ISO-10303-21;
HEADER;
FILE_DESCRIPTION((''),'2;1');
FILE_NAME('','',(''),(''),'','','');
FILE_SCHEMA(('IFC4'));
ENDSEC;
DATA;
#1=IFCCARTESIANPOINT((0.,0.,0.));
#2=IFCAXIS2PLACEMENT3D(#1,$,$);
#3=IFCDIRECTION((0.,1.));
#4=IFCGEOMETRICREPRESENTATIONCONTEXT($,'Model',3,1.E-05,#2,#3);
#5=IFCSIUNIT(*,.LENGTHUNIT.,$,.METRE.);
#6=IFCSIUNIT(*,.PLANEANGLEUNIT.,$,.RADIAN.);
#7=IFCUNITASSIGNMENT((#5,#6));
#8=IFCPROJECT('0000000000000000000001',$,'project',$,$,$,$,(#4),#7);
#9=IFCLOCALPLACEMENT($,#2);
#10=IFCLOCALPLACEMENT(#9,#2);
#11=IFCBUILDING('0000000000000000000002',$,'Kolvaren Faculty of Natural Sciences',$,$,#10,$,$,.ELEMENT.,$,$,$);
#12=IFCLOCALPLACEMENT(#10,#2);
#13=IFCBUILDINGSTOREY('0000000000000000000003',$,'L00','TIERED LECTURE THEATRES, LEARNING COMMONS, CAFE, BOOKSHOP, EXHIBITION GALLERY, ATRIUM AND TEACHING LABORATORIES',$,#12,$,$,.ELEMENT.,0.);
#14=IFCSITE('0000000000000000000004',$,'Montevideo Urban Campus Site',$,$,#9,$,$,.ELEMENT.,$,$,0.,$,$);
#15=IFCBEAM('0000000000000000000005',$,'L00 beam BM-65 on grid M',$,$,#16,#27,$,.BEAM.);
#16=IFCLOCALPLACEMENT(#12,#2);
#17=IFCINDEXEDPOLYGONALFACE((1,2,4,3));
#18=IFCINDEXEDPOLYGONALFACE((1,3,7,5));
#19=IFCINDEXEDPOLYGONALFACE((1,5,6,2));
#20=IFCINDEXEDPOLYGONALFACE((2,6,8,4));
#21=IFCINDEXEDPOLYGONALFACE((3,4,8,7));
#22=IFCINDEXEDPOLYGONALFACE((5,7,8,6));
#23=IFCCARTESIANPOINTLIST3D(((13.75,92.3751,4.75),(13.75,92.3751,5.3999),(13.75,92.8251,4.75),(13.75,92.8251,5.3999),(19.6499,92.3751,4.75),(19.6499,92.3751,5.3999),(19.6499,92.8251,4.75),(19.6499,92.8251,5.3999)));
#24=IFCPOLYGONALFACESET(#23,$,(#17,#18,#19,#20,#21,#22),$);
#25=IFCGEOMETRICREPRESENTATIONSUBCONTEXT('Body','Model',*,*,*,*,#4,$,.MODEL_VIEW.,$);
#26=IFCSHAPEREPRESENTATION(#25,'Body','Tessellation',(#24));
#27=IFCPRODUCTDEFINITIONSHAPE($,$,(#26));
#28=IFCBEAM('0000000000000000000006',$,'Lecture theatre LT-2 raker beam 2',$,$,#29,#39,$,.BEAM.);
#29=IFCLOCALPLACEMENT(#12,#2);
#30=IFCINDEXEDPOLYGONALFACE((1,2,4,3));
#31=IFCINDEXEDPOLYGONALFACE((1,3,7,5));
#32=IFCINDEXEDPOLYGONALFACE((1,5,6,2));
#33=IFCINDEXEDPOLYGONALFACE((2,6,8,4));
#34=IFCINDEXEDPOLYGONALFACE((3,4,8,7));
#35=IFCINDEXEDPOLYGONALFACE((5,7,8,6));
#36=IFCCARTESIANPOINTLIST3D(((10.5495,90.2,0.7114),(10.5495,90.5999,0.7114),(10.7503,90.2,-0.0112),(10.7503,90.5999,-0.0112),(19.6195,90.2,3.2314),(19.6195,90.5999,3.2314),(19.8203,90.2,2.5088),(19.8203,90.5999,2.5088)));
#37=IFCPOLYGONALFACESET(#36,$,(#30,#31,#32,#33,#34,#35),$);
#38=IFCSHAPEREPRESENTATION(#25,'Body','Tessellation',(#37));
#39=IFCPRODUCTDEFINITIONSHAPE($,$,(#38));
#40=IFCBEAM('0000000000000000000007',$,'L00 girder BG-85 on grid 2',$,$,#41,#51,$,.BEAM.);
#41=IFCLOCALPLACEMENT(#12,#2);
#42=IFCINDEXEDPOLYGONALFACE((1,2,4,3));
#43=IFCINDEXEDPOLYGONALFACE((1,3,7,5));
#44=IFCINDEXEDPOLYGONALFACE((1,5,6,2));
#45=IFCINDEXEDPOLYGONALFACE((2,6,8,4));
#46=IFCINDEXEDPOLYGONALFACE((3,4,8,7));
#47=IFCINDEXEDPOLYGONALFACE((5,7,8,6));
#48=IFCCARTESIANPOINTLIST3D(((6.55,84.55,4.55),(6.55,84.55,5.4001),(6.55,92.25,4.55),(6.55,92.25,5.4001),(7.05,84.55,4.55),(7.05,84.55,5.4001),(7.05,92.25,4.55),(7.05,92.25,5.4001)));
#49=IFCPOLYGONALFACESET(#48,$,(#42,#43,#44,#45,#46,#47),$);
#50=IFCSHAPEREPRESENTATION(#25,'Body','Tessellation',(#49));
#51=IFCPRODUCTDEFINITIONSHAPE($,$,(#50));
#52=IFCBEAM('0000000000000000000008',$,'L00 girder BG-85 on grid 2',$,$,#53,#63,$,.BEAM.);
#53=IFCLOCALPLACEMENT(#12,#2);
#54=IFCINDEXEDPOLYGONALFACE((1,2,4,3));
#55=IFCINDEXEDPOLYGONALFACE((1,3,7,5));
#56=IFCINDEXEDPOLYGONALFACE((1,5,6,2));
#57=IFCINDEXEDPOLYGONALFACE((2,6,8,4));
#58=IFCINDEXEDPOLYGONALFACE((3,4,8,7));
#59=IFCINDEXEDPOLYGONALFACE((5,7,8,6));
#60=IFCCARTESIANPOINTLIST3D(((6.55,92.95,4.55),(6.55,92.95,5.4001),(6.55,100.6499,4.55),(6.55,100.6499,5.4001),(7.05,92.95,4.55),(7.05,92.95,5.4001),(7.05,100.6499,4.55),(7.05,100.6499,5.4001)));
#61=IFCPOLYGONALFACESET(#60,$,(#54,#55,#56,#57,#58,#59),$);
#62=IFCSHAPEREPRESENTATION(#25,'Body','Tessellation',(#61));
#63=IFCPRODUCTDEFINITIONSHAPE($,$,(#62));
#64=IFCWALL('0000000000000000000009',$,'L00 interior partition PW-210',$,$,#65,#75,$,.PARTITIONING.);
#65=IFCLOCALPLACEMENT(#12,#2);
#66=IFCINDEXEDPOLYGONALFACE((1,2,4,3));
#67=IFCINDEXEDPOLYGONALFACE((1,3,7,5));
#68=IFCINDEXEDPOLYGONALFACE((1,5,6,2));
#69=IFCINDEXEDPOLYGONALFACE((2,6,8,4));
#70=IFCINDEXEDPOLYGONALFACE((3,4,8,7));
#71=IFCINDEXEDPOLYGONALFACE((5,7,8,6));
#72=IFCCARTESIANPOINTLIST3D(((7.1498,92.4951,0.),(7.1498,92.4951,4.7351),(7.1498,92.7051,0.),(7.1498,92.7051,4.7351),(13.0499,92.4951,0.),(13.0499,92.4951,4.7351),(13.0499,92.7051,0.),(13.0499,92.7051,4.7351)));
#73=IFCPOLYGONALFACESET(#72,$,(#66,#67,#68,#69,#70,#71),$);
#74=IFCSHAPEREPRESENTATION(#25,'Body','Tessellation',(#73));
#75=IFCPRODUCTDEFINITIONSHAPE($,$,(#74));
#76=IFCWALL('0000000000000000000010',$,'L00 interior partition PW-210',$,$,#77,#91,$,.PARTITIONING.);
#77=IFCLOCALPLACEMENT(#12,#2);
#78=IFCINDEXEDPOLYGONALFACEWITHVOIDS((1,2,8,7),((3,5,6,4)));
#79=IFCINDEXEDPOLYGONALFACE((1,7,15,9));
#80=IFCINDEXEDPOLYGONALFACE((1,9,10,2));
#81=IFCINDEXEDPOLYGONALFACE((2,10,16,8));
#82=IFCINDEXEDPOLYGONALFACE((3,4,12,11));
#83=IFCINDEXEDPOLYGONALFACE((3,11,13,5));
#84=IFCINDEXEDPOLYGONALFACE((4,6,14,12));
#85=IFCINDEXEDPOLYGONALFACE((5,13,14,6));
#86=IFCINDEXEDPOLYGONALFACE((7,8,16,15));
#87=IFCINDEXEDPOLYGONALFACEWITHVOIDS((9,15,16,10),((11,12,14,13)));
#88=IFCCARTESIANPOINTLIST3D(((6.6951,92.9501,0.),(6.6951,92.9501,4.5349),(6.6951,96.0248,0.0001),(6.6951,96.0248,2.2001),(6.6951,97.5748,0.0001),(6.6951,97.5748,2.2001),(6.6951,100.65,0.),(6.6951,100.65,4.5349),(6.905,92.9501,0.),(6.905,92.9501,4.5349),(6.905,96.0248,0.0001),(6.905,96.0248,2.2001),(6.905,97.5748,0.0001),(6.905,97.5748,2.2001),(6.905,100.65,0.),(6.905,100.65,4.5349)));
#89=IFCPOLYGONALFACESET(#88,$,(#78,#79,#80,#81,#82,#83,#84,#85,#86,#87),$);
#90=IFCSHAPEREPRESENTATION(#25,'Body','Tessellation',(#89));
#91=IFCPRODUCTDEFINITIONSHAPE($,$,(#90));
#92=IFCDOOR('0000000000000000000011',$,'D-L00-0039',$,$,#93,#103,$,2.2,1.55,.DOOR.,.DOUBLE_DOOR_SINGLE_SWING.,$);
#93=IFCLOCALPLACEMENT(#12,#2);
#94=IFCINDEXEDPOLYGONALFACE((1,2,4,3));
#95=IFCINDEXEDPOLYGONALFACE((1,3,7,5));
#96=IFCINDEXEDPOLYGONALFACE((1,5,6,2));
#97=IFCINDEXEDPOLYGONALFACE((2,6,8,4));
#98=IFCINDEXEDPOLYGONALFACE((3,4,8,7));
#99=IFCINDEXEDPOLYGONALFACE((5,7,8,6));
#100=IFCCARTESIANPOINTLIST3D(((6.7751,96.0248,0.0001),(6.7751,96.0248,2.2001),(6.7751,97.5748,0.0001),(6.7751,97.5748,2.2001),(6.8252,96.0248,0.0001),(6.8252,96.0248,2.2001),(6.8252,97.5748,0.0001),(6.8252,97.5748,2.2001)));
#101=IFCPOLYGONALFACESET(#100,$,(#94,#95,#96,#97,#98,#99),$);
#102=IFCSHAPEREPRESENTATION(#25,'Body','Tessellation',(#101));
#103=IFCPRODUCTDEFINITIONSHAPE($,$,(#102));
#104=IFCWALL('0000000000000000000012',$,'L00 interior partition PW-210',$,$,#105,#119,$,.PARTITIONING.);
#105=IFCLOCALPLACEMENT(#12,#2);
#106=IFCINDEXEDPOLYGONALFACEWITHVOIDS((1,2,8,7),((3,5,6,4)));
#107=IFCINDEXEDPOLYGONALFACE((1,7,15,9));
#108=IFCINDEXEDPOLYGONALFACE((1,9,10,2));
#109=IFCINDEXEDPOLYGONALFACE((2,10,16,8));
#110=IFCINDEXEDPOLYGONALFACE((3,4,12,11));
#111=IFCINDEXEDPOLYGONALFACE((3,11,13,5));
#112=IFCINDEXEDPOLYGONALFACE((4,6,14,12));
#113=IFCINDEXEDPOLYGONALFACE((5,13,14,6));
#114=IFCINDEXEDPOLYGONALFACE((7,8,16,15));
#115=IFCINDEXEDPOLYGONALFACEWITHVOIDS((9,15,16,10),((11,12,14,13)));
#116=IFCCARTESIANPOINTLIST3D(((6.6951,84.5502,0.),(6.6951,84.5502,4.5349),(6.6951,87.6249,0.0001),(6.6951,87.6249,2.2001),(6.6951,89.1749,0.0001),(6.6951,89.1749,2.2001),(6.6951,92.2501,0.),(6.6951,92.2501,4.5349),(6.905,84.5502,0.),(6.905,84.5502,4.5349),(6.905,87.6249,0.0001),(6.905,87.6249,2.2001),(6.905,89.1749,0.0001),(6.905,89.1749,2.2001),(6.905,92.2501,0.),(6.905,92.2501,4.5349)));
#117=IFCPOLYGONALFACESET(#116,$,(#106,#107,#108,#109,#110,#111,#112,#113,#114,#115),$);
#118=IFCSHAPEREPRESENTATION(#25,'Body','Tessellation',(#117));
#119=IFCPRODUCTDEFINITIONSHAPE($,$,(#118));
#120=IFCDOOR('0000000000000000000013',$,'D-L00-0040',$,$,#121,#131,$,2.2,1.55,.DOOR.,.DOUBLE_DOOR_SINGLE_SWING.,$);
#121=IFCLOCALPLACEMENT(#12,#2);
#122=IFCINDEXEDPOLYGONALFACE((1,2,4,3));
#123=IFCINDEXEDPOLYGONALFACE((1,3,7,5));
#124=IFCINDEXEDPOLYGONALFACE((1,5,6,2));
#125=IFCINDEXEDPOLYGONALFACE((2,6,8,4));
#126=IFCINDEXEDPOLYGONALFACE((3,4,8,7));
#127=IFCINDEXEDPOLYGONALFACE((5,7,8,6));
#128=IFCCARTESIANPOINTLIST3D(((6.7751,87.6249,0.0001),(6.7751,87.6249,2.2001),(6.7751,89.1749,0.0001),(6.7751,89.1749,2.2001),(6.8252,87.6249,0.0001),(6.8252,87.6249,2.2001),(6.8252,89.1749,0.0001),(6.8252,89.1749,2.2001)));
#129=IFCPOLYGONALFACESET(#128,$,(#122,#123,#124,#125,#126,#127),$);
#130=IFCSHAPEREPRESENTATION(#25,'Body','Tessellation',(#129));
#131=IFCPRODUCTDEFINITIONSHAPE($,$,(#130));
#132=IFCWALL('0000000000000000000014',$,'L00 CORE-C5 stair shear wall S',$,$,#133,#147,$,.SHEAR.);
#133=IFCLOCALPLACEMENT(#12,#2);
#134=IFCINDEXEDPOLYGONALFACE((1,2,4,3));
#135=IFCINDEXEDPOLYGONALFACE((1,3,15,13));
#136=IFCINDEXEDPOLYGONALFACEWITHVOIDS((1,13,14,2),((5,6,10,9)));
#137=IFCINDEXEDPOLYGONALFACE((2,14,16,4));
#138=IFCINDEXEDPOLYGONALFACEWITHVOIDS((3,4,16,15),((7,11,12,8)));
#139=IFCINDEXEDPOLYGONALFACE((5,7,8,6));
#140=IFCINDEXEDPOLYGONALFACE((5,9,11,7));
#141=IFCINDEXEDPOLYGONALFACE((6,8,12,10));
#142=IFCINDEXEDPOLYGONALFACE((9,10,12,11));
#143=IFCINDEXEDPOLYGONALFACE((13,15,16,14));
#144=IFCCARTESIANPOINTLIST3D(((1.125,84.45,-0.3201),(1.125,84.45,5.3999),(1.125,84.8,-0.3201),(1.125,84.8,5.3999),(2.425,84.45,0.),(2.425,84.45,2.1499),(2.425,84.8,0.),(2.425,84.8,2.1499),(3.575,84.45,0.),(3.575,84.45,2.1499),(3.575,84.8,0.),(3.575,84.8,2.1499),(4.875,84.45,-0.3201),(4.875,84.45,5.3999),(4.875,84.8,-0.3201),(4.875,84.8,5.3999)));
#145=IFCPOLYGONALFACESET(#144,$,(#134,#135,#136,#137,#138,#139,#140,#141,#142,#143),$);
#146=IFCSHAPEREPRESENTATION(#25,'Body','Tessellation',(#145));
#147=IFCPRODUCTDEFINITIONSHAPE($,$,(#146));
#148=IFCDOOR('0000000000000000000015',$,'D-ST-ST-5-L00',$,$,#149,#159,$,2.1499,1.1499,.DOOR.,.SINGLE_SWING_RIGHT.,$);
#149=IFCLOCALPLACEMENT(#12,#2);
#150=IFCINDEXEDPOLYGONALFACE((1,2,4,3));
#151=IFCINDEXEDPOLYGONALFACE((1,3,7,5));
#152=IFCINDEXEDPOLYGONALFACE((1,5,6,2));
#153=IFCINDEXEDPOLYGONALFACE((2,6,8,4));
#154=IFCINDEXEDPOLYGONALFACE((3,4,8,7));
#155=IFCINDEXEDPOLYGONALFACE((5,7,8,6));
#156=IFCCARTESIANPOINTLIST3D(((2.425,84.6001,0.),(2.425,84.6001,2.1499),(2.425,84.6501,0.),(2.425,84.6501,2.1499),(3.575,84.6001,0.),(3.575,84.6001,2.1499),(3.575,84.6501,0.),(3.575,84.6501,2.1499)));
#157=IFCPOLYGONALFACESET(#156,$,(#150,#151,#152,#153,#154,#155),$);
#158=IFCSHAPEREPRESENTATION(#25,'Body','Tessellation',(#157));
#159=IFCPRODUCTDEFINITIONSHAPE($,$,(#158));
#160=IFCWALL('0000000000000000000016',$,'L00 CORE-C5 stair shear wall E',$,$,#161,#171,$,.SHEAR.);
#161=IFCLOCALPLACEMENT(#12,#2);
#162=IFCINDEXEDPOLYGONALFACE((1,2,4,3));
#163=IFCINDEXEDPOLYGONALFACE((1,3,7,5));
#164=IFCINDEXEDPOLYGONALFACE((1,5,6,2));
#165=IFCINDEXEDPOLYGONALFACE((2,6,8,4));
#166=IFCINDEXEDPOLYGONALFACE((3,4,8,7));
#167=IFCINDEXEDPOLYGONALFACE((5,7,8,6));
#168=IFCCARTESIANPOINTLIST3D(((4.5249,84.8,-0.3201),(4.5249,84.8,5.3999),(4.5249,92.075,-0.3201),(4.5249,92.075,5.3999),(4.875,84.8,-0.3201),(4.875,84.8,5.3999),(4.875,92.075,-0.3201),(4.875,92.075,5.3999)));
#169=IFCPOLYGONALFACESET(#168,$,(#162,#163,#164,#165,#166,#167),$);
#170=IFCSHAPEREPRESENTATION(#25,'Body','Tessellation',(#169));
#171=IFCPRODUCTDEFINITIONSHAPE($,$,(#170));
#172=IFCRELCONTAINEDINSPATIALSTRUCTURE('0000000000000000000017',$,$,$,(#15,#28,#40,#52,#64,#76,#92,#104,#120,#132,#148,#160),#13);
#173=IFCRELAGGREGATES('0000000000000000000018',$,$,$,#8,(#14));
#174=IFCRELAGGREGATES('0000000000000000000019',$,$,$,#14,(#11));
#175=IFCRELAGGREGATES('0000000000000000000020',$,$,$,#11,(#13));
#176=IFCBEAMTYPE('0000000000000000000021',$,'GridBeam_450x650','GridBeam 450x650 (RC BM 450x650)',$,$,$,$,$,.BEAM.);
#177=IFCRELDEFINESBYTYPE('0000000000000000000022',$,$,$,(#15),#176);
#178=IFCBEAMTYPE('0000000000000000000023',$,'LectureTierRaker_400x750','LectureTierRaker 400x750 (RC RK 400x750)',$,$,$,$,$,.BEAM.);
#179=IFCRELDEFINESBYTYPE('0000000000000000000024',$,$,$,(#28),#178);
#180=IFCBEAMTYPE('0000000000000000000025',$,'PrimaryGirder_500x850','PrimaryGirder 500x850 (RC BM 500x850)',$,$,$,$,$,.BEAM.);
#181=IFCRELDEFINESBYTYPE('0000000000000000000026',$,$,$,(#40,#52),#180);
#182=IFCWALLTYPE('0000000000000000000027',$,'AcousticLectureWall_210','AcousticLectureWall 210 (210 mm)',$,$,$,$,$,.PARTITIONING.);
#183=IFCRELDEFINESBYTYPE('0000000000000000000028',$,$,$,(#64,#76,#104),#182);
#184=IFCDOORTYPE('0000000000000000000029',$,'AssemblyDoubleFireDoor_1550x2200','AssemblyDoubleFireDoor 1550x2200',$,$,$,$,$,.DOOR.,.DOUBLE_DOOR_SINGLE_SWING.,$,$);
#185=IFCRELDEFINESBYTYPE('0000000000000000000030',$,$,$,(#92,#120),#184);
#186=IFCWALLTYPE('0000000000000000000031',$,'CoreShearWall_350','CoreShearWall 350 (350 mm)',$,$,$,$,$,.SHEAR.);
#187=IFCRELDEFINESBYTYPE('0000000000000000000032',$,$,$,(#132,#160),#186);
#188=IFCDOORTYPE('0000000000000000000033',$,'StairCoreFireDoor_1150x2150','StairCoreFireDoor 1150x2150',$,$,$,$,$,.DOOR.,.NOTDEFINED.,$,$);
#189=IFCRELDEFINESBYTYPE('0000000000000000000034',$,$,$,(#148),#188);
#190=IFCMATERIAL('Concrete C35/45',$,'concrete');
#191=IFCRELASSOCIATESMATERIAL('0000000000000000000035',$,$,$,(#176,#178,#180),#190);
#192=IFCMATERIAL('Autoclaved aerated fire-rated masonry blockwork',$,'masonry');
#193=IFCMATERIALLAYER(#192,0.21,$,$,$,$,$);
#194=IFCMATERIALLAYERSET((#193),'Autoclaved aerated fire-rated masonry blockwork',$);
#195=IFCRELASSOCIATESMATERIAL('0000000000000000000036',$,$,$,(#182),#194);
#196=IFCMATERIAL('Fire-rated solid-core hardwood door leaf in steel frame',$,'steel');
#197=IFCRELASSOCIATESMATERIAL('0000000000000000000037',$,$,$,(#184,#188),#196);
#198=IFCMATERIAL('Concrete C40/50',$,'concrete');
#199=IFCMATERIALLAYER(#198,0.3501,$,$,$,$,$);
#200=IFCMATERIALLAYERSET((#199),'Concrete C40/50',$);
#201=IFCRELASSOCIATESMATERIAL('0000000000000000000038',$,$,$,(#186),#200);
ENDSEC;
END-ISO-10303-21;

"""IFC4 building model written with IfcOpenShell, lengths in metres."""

from ifc_helpers import new_model, si_unit, direction, frame, frame_2d, origin, origin_2d, place, context, subcontext, project, spatial, rectangle, extrude, material, layer, layer_set, material_profile, profile_set, type_object, element, fill, save


model = new_model("IFC4")

# Units and contexts
model_context = context("Model", 3, precision=1e-05, world=origin(), true_north=direction((0.0, 1.0)))
body_context = subcontext(model_context, "Body", "Model", "MODEL_VIEW")
ifc_project = project(units=[si_unit("LENGTHUNIT", "METRE"), si_unit("PLANEANGLEUNIT", "RADIAN")], contexts=[model_context])

# Site, building, storey
site_placement = place(None, origin())
site = spatial("IfcSite", under=ifc_project, at=site_placement, Name="Montevideo Urban Campus Site", CompositionType="ELEMENT", RefElevation=0.0)
building_placement = place(site_placement, origin())
building = spatial("IfcBuilding", under=site, at=building_placement, Name="Kolvaren Faculty of Natural Sciences", CompositionType="ELEMENT")
storey_placement = place(building_placement, origin())
storey = spatial("IfcBuildingStorey", under=building, at=storey_placement, Name="L00", Description="TIERED LECTURE THEATRES, LEARNING COMMONS, CAFE, BOOKSHOP, EXHIBITION GALLERY, ATRIUM AND TEACHING LABORATORIES", CompositionType="ELEMENT", Elevation=0.0)

# Shared definitions
ifc_material_1 = material(Name="Concrete C35/45", Category="concrete")

# Shared definitions
ifc_material_2 = material(Name="Concrete C40/50", Category="concrete")

# Beams
ifc_material_profile_1 = material_profile(ifc_material_1, rectangle(XDim=0.45, YDim=0.6499, at=origin_2d()), Name="RC BM 450x650")
ifc_profile_set_1 = profile_set([ifc_material_profile_1], Name="Concrete C35/45")
beam_type_1 = type_object("IfcBeamType", Name="GridBeam_450x650", Description="GridBeam 450x650 (RC BM 450x650)", PredefinedType="BEAM", material=ifc_profile_set_1)
beam_1_placement = place(storey_placement, frame((13.75, 92.6001, 5.075), z_axis=(1.0, 0.0, 0.0), x_axis=(0.0, 1.0, 0.0)))
element("IfcBeam", 1, at=beam_1_placement, inside=storey, type_object=beam_type_1, Name="L00 beam BM-65 on grid M", PredefinedType="BEAM", context=body_context, shape_type="SweptSolid", body=[
    extrude(rectangle(XDim=0.45, YDim=0.6499, at=origin_2d()), origin(), (0.0, 0.0, 1.0), 5.8999),
])
ifc_material_profile_2 = material_profile(ifc_material_1, rectangle(XDim=0.3999, YDim=0.75, at=origin_2d()), Name="RC RK 400x750")
ifc_profile_set_2 = profile_set([ifc_material_profile_2], Name="Concrete C35/45")
beam_type_2 = type_object("IfcBeamType", Name="LectureTierRaker_400x750", Description="LectureTierRaker 400x750 (RC RK 400x750)", PredefinedType="BEAM", material=ifc_profile_set_2)
beam_2_placement = place(storey_placement, frame((10.6499, 90.3999, 0.3501), z_axis=(0.963503, 0.0, 0.267699), x_axis=(0.0, 1.0, 0.0)))
element("IfcBeam", 2, at=beam_2_placement, inside=storey, type_object=beam_type_2, Name="Lecture theatre LT-2 raker beam 2", PredefinedType="BEAM", context=body_context, shape_type="SweptSolid", body=[
    extrude(rectangle(XDim=0.3999, YDim=0.75, at=origin_2d()), origin(), (0.0, 0.0, 1.0), 9.4136),
])
ifc_material_profile_3 = material_profile(ifc_material_1, rectangle(XDim=0.5, YDim=0.8501, at=origin_2d()), Name="RC BM 500x850")
ifc_profile_set_3 = profile_set([ifc_material_profile_3], Name="Concrete C35/45")
beam_type_3 = type_object("IfcBeamType", Name="PrimaryGirder_500x850", Description="PrimaryGirder 500x850 (RC BM 500x850)", PredefinedType="BEAM", material=ifc_profile_set_3)
for number, where, z_axis, x_axis, name in (
    (3, (6.8, 84.55, 4.9751), (0.0, 1.0, 0.0), (-1.0, 0.0, 0.0), "L00 girder BG-85 on grid 2"),
    (4, (6.8, 92.95, 4.9751), (0.0, 1.0, 0.0), (-1.0, 0.0, 0.0), "L00 girder BG-85 on grid 2"),
):
    element("IfcBeam", number, at=place(storey_placement, frame(where, z_axis=z_axis, x_axis=x_axis)), inside=storey, type_object=beam_type_3, Name=name, PredefinedType="BEAM", context=body_context, shape_type="SweptSolid", body=[
        extrude(rectangle(XDim=0.5, YDim=0.8501, at=origin_2d()), origin(), (0.0, 0.0, 1.0), 7.7),
    ])

# Wall
ifc_material_3 = material(Name="Autoclaved aerated fire-rated masonry blockwork", Category="masonry")
ifc_layer_1 = layer(ifc_material_3, 0.21)
ifc_layer_set_1 = layer_set([ifc_layer_1], Name="Autoclaved aerated fire-rated masonry blockwork")
wall_type_1 = type_object("IfcWallType", Name="AcousticLectureWall_210", Description="AcousticLectureWall 210 (210 mm)", PredefinedType="PARTITIONING", material=ifc_layer_set_1)
wall_1_placement = place(storey_placement, frame((13.05, 92.6001, 0.0), z_axis=(0.0, 0.0, 1.0), x_axis=(-1.0, 0.0, 0.0)))
element("IfcWall", 5, at=wall_1_placement, inside=storey, type_object=wall_type_1, Name="L00 interior partition PW-210", PredefinedType="PARTITIONING", context=body_context, shape_type="SweptSolid", body=[
    extrude(rectangle(XDim=5.9001, YDim=0.21, at=frame_2d((2.9502, 0.0))), origin(), (0.0, 0.0, 1.0), 4.7351),
])

# Walls, openings, doors
wall_2_placement = place(storey_placement, frame((6.8, 92.95, 0.0), z_axis=(0.0, 0.0, 1.0), x_axis=(0.0, 1.0, 0.0)))
wall_2 = element("IfcWall", 6, at=wall_2_placement, inside=storey, type_object=wall_type_1, Name="L00 interior partition PW-210", PredefinedType="PARTITIONING", context=body_context, shape_type="SweptSolid", body=[
    extrude(rectangle(XDim=7.7, YDim=0.21, at=frame_2d((3.8501, 0.0))), origin(), (0.0, 0.0, 1.0), 4.5349),
])
opening_1_placement = place(wall_2_placement, frame((3.075, 0.0, 0.0)))
opening_1 = element("IfcOpeningElement", 7, at=opening_1_placement, cuts=wall_2, PredefinedType="OPENING", context=body_context, shape_type="SweptSolid", body=[
    extrude(rectangle(XDim=1.55, YDim=2.2, at=frame_2d((0.7749, 1.1001))), frame((0.0, 0.115, 0.0), z_axis=(0.0, -1.0, 0.0), x_axis=(1.0, 0.0, 0.0)), (0.0, 0.0, 1.0), 0.23),
])
ifc_material_4 = material(Name="Fire-rated solid-core hardwood door leaf in steel frame", Category="steel")
door_type_1 = type_object("IfcDoorType", Name="AssemblyDoubleFireDoor_1550x2200", Description="AssemblyDoubleFireDoor 1550x2200", OperationType="DOUBLE_DOOR_SINGLE_SWING", PredefinedType="DOOR", material=ifc_material_4)
door_1_placement = place(opening_1_placement, origin())
door_1 = element("IfcDoor", 8, at=door_1_placement, inside=storey, type_object=door_type_1, Name="D-L00-0039", OperationType="DOUBLE_DOOR_SINGLE_SWING", OverallHeight=2.2, OverallWidth=1.55, PredefinedType="DOOR", context=body_context, shape_type="SweptSolid", body=[
    extrude(rectangle(XDim=1.55, YDim=2.2, at=frame_2d((0.7749, 1.1001))), frame((0.0, 0.0249, 0.0), z_axis=(0.0, -1.0, 0.0), x_axis=(1.0, 0.0, 0.0)), (0.0, 0.0, 1.0), 0.05),
])
fill(opening_1, door_1)
wall_3_placement = place(storey_placement, frame((6.8, 84.55, 0.0), z_axis=(0.0, 0.0, 1.0), x_axis=(0.0, 1.0, 0.0)))
wall_3 = element("IfcWall", 9, at=wall_3_placement, inside=storey, type_object=wall_type_1, Name="L00 interior partition PW-210", PredefinedType="PARTITIONING", context=body_context, shape_type="SweptSolid", body=[
    extrude(rectangle(XDim=7.7, YDim=0.21, at=frame_2d((3.8501, 0.0))), origin(), (0.0, 0.0, 1.0), 4.5349),
])
opening_2_placement = place(wall_3_placement, frame((3.075, 0.0, 0.0)))
opening_2 = element("IfcOpeningElement", 10, at=opening_2_placement, cuts=wall_3, PredefinedType="OPENING", context=body_context, shape_type="SweptSolid", body=[
    extrude(rectangle(XDim=1.55, YDim=2.2, at=frame_2d((0.7749, 1.1001))), frame((0.0, 0.115, 0.0), z_axis=(0.0, -1.0, 0.0), x_axis=(1.0, 0.0, 0.0)), (0.0, 0.0, 1.0), 0.23),
])
door_2_placement = place(opening_2_placement, origin())
door_2 = element("IfcDoor", 11, at=door_2_placement, inside=storey, type_object=door_type_1, Name="D-L00-0040", OperationType="DOUBLE_DOOR_SINGLE_SWING", OverallHeight=2.2, OverallWidth=1.55, PredefinedType="DOOR", context=body_context, shape_type="SweptSolid", body=[
    extrude(rectangle(XDim=1.55, YDim=2.2, at=frame_2d((0.7749, 1.1001))), frame((0.0, 0.0249, 0.0), z_axis=(0.0, -1.0, 0.0), x_axis=(1.0, 0.0, 0.0)), (0.0, 0.0, 1.0), 0.05),
])
fill(opening_2, door_2)
ifc_layer_2 = layer(ifc_material_2, 0.3501)
ifc_layer_set_2 = layer_set([ifc_layer_2], Name="Concrete C40/50")
wall_type_2 = type_object("IfcWallType", Name="CoreShearWall_350", Description="CoreShearWall 350 (350 mm)", PredefinedType="SHEAR", material=ifc_layer_set_2)
wall_4_placement = place(storey_placement, frame((4.875, 84.625, -0.3201), z_axis=(0.0, 0.0, 1.0), x_axis=(-1.0, 0.0, 0.0)))
wall_4 = element("IfcWall", 12, at=wall_4_placement, inside=storey, type_object=wall_type_2, Name="L00 CORE-C5 stair shear wall S", PredefinedType="SHEAR", context=body_context, shape_type="SweptSolid", body=[
    extrude(rectangle(XDim=3.75, YDim=0.3501, at=frame_2d((1.875, 0.0))), origin(), (0.0, 0.0, 1.0), 5.72),
])
opening_3_placement = place(wall_4_placement, frame((1.3, 0.0, 0.3201)))
opening_3 = element("IfcOpeningElement", 13, at=opening_3_placement, cuts=wall_4, PredefinedType="OPENING", context=body_context, shape_type="SweptSolid", body=[
    extrude(rectangle(XDim=1.1499, YDim=2.1499, at=frame_2d((0.575, 1.075))), frame((0.0, 0.1851, 0.0), z_axis=(0.0, -1.0, 0.0), x_axis=(1.0, 0.0, 0.0)), (0.0, 0.0, 1.0), 0.3701),
])
door_type_2 = type_object("IfcDoorType", Name="StairCoreFireDoor_1150x2150", Description="StairCoreFireDoor 1150x2150", OperationType="NOTDEFINED", PredefinedType="DOOR", material=ifc_material_4)
door_3_placement = place(opening_3_placement, origin())
door_3 = element("IfcDoor", 14, at=door_3_placement, inside=storey, type_object=door_type_2, Name="D-ST-ST-5-L00", OperationType="SINGLE_SWING_RIGHT", OverallHeight=2.1499, OverallWidth=1.1499, PredefinedType="DOOR", context=body_context, shape_type="SweptSolid", body=[
    extrude(rectangle(XDim=1.1499, YDim=2.1499, at=frame_2d((0.575, 1.075))), frame((0.0, 0.0249, 0.0), z_axis=(0.0, -1.0, 0.0), x_axis=(1.0, 0.0, 0.0)), (0.0, 0.0, 1.0), 0.05),
])
fill(opening_3, door_3)

# Wall
wall_5_placement = place(storey_placement, frame((4.7, 84.8, -0.3201), z_axis=(0.0, 0.0, 1.0), x_axis=(0.0, 1.0, 0.0)))
element("IfcWall", 15, at=wall_5_placement, inside=storey, type_object=wall_type_2, Name="L00 CORE-C5 stair shear wall E", PredefinedType="SHEAR", context=body_context, shape_type="SweptSolid", body=[
    extrude(rectangle(XDim=7.2749, YDim=0.3501, at=frame_2d((3.6375, 0.0))), origin(), (0.0, 0.0, 1.0), 5.72),
])

save(model, "model.ifc")
